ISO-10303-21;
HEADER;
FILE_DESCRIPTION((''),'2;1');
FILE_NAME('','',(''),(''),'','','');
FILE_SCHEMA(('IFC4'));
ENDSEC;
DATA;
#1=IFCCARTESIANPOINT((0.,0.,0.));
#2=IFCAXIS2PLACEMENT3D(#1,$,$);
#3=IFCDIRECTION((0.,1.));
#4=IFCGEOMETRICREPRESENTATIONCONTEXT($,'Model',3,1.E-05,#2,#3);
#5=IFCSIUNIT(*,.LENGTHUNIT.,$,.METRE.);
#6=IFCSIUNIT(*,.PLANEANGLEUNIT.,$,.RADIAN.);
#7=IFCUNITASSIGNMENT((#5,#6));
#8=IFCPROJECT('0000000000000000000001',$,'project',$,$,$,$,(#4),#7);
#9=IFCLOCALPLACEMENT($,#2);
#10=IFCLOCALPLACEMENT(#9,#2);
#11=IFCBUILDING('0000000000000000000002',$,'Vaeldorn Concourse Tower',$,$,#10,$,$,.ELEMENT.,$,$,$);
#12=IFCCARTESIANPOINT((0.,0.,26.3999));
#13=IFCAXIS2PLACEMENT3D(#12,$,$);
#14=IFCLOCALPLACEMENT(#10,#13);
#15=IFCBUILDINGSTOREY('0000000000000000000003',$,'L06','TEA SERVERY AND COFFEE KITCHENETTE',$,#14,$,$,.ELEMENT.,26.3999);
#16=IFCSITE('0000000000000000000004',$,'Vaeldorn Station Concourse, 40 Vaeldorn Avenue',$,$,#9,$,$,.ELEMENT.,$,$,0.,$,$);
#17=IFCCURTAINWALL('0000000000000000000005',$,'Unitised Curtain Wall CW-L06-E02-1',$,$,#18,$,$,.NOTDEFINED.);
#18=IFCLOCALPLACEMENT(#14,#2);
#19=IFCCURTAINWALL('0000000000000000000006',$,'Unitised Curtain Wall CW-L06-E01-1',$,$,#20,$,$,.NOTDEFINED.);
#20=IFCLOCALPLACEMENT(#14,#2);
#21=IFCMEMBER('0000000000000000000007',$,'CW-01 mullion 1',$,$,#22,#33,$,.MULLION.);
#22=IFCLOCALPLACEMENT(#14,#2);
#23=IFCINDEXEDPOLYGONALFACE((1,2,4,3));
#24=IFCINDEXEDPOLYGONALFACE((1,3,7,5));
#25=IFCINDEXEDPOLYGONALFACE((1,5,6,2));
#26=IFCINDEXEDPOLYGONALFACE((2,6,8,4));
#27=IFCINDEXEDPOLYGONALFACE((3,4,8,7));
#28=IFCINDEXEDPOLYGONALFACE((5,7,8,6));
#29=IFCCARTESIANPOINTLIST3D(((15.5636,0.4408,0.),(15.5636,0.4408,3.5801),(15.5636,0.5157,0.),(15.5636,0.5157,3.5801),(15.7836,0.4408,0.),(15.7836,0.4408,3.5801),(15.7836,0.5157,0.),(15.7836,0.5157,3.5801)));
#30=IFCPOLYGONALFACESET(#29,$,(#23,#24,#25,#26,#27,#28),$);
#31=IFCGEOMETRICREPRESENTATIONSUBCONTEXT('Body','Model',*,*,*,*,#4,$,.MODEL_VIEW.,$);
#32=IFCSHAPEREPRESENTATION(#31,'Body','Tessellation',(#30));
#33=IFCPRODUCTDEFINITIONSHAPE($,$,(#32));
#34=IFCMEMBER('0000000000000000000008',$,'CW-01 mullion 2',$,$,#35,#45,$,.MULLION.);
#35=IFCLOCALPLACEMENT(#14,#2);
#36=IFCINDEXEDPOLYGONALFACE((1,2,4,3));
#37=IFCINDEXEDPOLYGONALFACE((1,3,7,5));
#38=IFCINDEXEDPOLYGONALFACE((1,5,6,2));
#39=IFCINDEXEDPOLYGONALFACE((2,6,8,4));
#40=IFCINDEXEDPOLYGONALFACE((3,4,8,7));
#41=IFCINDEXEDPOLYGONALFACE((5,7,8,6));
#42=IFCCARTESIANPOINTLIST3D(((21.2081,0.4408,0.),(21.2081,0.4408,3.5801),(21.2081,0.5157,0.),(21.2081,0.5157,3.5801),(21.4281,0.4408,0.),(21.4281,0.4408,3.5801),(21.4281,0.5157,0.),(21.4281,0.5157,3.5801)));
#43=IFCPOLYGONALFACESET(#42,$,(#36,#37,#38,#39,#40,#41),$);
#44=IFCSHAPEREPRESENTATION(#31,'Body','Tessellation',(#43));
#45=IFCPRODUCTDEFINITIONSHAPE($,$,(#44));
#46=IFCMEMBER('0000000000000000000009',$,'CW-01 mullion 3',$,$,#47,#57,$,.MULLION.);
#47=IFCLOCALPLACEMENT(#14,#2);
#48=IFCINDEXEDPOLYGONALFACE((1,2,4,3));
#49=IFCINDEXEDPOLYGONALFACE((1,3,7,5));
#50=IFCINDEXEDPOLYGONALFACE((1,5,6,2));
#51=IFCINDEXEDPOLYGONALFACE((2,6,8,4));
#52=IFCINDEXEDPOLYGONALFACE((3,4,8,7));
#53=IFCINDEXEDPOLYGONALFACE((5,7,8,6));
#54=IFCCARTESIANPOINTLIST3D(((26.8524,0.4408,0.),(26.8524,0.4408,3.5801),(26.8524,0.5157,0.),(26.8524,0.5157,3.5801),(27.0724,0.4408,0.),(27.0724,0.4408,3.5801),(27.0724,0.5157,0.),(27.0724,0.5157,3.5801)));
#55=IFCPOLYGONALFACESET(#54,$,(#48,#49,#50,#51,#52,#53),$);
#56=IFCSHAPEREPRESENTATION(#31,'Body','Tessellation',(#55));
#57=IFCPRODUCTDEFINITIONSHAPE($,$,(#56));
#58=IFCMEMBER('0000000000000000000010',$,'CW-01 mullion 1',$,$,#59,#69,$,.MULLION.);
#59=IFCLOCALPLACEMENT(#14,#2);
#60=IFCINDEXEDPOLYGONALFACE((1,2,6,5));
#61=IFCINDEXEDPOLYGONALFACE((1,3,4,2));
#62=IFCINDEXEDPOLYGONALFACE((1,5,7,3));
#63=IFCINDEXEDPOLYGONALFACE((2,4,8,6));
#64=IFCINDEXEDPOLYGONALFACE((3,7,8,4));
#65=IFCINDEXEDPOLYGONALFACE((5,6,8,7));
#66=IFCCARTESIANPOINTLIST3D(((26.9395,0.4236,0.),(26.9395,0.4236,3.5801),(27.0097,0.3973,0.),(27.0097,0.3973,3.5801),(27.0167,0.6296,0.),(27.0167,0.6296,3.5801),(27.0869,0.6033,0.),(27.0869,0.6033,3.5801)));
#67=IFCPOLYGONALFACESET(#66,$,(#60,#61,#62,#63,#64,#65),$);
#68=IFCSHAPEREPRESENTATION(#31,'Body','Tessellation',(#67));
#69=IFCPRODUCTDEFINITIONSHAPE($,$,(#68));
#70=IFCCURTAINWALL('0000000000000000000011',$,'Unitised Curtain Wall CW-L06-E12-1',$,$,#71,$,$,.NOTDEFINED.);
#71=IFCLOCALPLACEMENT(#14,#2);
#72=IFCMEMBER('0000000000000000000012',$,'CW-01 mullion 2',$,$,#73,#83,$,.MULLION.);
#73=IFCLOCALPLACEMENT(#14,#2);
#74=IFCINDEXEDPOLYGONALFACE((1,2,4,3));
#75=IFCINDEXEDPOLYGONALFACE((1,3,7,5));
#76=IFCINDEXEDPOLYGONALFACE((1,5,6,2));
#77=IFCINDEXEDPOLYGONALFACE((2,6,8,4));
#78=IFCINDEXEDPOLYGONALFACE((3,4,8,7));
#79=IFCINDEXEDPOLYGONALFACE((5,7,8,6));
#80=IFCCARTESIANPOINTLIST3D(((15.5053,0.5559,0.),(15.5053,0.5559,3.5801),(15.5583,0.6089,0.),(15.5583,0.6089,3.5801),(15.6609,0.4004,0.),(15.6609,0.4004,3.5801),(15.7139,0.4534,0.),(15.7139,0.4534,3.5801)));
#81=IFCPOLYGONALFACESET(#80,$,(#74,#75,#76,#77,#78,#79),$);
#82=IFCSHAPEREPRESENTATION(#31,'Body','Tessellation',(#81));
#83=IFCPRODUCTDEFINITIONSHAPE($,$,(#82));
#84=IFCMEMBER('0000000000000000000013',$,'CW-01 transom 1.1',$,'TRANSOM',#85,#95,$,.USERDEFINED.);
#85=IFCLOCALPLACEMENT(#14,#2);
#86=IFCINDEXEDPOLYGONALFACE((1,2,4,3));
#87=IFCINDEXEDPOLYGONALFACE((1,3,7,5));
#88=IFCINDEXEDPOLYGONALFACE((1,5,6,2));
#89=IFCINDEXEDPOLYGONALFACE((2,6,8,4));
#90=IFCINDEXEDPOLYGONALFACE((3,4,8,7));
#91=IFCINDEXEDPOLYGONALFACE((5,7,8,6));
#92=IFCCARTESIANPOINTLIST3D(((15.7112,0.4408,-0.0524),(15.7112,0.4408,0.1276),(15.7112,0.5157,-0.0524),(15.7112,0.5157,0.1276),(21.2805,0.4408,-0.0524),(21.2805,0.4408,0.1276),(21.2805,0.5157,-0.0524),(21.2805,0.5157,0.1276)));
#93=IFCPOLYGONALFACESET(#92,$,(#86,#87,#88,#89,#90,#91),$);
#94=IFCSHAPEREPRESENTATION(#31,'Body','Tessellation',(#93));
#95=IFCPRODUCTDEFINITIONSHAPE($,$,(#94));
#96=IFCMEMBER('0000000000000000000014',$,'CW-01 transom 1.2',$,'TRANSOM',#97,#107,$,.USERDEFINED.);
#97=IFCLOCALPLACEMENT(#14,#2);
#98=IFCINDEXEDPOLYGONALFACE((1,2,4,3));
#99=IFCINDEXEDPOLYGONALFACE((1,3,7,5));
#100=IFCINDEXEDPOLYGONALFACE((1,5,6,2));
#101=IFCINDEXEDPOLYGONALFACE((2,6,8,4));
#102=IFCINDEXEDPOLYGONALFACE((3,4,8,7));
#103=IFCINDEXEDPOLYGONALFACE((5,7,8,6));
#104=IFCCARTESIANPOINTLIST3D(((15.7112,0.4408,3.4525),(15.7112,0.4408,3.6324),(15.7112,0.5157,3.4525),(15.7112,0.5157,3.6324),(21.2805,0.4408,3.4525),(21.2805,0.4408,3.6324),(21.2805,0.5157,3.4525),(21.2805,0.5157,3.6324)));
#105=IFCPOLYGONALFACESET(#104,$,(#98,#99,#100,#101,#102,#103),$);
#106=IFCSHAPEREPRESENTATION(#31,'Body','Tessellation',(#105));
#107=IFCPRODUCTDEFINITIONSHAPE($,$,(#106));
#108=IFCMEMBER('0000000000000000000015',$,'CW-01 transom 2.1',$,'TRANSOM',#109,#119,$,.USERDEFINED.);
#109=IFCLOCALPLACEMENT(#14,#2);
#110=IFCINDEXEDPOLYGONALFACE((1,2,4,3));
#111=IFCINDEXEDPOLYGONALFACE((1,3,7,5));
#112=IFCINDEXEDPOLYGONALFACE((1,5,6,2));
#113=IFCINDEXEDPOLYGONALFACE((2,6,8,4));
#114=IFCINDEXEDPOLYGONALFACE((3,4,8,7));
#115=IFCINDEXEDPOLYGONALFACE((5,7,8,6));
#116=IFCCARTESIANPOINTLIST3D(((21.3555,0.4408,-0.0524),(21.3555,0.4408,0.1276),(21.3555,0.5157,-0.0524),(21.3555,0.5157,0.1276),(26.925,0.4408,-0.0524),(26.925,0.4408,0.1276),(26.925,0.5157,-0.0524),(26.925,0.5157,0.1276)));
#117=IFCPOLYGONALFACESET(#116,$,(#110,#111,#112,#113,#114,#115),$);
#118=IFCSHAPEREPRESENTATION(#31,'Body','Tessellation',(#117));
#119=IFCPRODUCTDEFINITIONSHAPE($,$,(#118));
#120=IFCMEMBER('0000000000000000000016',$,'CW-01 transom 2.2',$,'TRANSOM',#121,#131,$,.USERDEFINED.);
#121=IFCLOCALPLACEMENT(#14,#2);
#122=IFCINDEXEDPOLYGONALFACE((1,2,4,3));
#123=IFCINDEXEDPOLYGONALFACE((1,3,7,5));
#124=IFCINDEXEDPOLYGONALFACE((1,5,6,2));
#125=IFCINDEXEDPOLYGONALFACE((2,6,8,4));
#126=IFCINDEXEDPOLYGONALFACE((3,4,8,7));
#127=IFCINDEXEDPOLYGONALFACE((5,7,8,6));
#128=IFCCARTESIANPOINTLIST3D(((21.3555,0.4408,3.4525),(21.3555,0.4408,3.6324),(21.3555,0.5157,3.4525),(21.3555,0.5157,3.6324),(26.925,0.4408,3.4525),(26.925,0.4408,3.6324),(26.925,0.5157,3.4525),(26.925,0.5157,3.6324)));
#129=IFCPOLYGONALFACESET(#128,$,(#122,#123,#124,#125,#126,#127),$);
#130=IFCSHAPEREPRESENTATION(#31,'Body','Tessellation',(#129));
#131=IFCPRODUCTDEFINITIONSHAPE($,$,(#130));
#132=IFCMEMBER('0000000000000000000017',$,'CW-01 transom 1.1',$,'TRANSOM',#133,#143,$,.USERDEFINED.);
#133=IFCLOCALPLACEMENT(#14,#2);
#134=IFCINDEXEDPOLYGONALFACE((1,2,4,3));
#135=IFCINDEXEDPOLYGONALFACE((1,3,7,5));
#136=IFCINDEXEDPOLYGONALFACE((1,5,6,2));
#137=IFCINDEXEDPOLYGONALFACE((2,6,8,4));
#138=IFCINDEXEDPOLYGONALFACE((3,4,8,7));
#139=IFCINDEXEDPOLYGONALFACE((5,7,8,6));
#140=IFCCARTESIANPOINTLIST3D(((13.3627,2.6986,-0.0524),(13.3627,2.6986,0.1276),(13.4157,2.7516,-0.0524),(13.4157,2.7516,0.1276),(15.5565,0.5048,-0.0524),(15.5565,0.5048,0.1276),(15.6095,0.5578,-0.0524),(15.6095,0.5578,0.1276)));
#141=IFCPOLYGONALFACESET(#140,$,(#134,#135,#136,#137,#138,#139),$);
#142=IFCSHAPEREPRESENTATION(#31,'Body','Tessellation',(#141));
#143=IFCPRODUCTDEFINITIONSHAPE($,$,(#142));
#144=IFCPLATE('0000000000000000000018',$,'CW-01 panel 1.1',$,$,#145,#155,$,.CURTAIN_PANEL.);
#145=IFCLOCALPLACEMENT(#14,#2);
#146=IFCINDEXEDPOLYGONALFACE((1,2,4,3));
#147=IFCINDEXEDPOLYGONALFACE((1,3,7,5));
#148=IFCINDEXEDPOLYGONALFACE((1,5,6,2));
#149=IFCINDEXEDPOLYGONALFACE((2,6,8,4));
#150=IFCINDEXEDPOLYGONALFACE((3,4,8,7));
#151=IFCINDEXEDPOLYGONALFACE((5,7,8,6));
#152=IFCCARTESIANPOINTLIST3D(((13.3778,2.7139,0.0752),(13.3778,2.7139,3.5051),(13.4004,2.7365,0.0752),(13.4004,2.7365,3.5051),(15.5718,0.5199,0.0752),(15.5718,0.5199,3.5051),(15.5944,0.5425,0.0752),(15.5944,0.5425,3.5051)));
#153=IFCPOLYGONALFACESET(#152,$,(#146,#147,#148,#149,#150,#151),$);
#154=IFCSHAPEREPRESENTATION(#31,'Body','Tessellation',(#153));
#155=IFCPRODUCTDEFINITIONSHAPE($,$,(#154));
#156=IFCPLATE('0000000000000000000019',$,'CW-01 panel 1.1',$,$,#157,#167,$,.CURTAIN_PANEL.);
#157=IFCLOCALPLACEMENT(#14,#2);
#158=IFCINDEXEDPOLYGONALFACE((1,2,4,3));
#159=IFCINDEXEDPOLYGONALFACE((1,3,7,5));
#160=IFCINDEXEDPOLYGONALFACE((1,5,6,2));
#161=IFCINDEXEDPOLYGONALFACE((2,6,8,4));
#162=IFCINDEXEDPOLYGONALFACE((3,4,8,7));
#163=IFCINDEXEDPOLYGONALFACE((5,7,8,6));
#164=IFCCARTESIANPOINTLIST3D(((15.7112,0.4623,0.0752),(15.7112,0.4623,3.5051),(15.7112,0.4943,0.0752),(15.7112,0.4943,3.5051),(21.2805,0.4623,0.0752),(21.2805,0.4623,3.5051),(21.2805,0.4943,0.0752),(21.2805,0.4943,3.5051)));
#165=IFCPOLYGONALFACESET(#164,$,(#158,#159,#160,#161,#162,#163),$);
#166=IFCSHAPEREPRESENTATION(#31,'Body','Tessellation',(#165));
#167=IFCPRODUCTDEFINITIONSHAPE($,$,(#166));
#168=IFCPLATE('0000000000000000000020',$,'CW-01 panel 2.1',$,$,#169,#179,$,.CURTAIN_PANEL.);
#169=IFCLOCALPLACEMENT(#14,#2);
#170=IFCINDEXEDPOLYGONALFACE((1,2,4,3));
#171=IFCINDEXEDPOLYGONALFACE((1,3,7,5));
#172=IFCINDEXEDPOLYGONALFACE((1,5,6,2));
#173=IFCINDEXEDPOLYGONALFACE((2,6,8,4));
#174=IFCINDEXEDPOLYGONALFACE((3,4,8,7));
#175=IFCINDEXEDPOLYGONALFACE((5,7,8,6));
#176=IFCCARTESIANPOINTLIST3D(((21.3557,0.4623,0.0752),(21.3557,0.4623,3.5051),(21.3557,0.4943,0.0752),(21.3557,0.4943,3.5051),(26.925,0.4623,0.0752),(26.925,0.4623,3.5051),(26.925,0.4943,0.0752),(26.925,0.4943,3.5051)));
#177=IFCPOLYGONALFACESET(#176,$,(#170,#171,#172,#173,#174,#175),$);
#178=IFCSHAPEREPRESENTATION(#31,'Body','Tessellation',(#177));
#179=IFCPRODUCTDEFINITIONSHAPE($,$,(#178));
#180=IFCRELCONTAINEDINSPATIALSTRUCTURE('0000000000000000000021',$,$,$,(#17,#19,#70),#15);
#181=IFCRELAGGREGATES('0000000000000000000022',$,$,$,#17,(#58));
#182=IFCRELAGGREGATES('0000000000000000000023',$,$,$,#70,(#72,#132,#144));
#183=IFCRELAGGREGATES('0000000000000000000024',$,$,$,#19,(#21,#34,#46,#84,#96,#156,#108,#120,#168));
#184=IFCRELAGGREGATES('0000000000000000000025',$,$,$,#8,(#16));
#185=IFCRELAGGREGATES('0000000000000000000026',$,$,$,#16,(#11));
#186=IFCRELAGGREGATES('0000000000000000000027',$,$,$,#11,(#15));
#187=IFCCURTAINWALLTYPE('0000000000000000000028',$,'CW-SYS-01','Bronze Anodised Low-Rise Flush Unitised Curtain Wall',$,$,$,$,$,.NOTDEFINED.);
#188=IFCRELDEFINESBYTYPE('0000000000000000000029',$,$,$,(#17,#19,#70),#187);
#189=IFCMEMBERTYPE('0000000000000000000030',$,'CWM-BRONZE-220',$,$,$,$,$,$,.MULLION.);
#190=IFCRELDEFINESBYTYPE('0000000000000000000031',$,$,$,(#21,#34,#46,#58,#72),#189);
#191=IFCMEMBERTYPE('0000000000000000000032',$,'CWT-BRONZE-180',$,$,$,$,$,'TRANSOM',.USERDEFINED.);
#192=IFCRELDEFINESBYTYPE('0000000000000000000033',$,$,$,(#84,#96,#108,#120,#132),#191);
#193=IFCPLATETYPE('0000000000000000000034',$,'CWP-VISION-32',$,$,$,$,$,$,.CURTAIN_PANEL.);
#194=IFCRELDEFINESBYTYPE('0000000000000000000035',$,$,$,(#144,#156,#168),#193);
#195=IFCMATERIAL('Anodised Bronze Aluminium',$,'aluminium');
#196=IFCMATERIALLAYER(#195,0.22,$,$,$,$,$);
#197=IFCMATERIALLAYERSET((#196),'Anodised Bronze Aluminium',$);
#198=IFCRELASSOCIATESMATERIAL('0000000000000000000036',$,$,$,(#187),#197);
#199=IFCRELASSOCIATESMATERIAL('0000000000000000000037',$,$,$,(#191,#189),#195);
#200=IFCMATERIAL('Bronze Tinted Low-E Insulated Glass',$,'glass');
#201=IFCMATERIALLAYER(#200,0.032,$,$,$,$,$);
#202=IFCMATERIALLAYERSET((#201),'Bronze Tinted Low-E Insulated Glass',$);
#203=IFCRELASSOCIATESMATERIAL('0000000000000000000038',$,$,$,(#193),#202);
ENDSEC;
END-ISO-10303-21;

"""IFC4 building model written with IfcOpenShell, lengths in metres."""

from ifc_helpers import new_model, si_unit, direction, frame, origin, origin_2d, place, context, subcontext, project, spatial, rectangle, extrude, source, transform, mapped, material, layer, layer_set, material_profile, profile_set, type_object, element, aggregate, save


model = new_model("IFC4")

# Units and contexts
model_context = context("Model", 3, precision=1e-05, world=origin(), true_north=direction((0.0, 1.0)))
body_context = subcontext(model_context, "Body", "Model", "MODEL_VIEW")
ifc_project = project(units=[si_unit("LENGTHUNIT", "METRE"), si_unit("PLANEANGLEUNIT", "RADIAN")], contexts=[model_context])

# Site, building, storey
site_placement = place(None, origin())
site = spatial("IfcSite", under=ifc_project, at=site_placement, Name="Vaeldorn Station Concourse, 40 Vaeldorn Avenue", CompositionType="ELEMENT", RefElevation=0.0)
building_placement = place(site_placement, origin())
building = spatial("IfcBuilding", under=site, at=building_placement, Name="Vaeldorn Concourse Tower", CompositionType="ELEMENT")
storey_placement = place(building_placement, frame((0.0, 0.0, 26.3999)))
storey = spatial("IfcBuildingStorey", under=building, at=storey_placement, Name="L06", Description="TEA SERVERY AND COFFEE KITCHENETTE", CompositionType="ELEMENT", Elevation=26.3999)

# Curtain walls, members
ifc_material_1 = material(Name="Anodised Bronze Aluminium", Category="aluminium")
ifc_layer_1 = layer(ifc_material_1, 0.22)
ifc_layer_set_1 = layer_set([ifc_layer_1], Name="Anodised Bronze Aluminium")
curtain_wall_type = type_object("IfcCurtainWallType", Name="CW-SYS-01", Description="Bronze Anodised Low-Rise Flush Unitised Curtain Wall", PredefinedType="NOTDEFINED", material=ifc_layer_set_1)
curtain_wall_1_placement = place(storey_placement, origin())
curtain_wall_1 = element("IfcCurtainWall", 1, at=curtain_wall_1_placement, inside=storey, type_object=curtain_wall_type, Name="Unitised Curtain Wall CW-L06-E02-1", PredefinedType="NOTDEFINED")
ifc_material_profile_1 = material_profile(ifc_material_1, rectangle(XDim=0.075, YDim=0.1799, at=origin_2d()), Name="CWT 75x180")
ifc_profile_set_1 = profile_set([ifc_material_profile_1], Name="Anodised Bronze Aluminium")
member_type_1 = type_object("IfcMemberType", Name="CWT-BRONZE-180", ElementType="TRANSOM", PredefinedType="USERDEFINED", material=ifc_profile_set_1)
curtain_wall_2_placement = place(storey_placement, origin())
curtain_wall_2 = element("IfcCurtainWall", 2, at=curtain_wall_2_placement, inside=storey, type_object=curtain_wall_type, Name="Unitised Curtain Wall CW-L06-E01-1", PredefinedType="NOTDEFINED")
ifc_material_profile_2 = material_profile(ifc_material_1, rectangle(XDim=0.075, YDim=0.22, at=origin_2d()), Name="CWM 75x220")
ifc_profile_set_2 = profile_set([ifc_material_profile_2], Name="Anodised Bronze Aluminium")
member_type_2 = type_object("IfcMemberType", Name="CWM-BRONZE-220", PredefinedType="MULLION", material=ifc_profile_set_2)
shared_shape_1 = source(origin(), body_context, "Body", "SweptSolid", [
    extrude(rectangle(XDim=0.075, YDim=0.22, at=origin_2d()), origin(), (0.0, 0.0, 1.0), 3.5801),
])
member_1_placement = place(storey_placement, frame((15.6736, 0.4783, 0.0), z_axis=(0.0, 0.0, 1.0), x_axis=(0.0, 1.0, 0.0)))
member_1 = element("IfcMember", 3, at=member_1_placement, type_object=member_type_2, Name="CW-01 mullion 1", PredefinedType="MULLION", context=body_context, shape_type="MappedRepresentation", body=[
    mapped(shared_shape_1, transform((0.0, 0.0, 0.0), scale=1.0)),
])
member_2_placement = place(storey_placement, frame((21.3181, 0.4783, 0.0), z_axis=(0.0, 0.0, 1.0), x_axis=(0.0, 1.0, 0.0)))
member_2 = element("IfcMember", 4, at=member_2_placement, type_object=member_type_2, Name="CW-01 mullion 2", PredefinedType="MULLION", context=body_context, shape_type="MappedRepresentation", body=[
    mapped(shared_shape_1, transform((0.0, 0.0, 0.0), scale=1.0)),
])
member_3_placement = place(storey_placement, frame((26.9624, 0.4783, 0.0), z_axis=(0.0, 0.0, 1.0), x_axis=(0.0, 1.0, 0.0)))
member_3 = element("IfcMember", 5, at=member_3_placement, type_object=member_type_2, Name="CW-01 mullion 3", PredefinedType="MULLION", context=body_context, shape_type="MappedRepresentation", body=[
    mapped(shared_shape_1, transform((0.0, 0.0, 0.0), scale=1.0)),
])

# Member
member_4_placement = place(storey_placement, frame((27.0132, 0.5134, 0.0), z_axis=(0.0, 0.0, 1.0), x_axis=(-0.936329, 0.351123, 0.0)))
member_4 = element("IfcMember", 6, at=member_4_placement, type_object=member_type_2, Name="CW-01 mullion 1", PredefinedType="MULLION", context=body_context, shape_type="MappedRepresentation", body=[
    mapped(shared_shape_1, transform((0.0, 0.0, 0.0), scale=1.0)),
])
aggregate(curtain_wall_1, [member_4])

# Curtain wall, member
curtain_wall_3_placement = place(storey_placement, origin())
curtain_wall_3 = element("IfcCurtainWall", 7, at=curtain_wall_3_placement, inside=storey, type_object=curtain_wall_type, Name="Unitised Curtain Wall CW-L06-E12-1", PredefinedType="NOTDEFINED")
member_5_placement = place(storey_placement, frame((15.6096, 0.5046, 0.0), z_axis=(0.0, 0.0, 1.0), x_axis=(0.707107, 0.707107, 0.0)))
member_5 = element("IfcMember", 8, at=member_5_placement, type_object=member_type_2, Name="CW-01 mullion 2", PredefinedType="MULLION", context=body_context, shape_type="MappedRepresentation", body=[
    mapped(shared_shape_1, transform((0.0, 0.0, 0.0), scale=1.0)),
])

# Members
shared_shape_2 = source(origin(), body_context, "Body", "SweptSolid", [
    extrude(rectangle(XDim=0.075, YDim=0.1799, at=origin_2d()), origin(), (0.0, 0.0, 1.0), 5.5693),
])
member_6_placement = place(storey_placement, frame((15.7112, 0.4783, 0.0376), z_axis=(1.0, 0.0, 0.0), x_axis=(0.0, 1.0, 0.0)))
member_6 = element("IfcMember", 9, at=member_6_placement, type_object=member_type_1, Name="CW-01 transom 1.1", ObjectType="TRANSOM", PredefinedType="USERDEFINED", context=body_context, shape_type="MappedRepresentation", body=[
    mapped(shared_shape_2, transform((0.0, 0.0, 0.0), scale=1.0)),
])
member_7_placement = place(storey_placement, frame((15.7112, 0.4783, 3.5425), z_axis=(1.0, 0.0, 0.0), x_axis=(0.0, 1.0, 0.0)))
member_7 = element("IfcMember", 10, at=member_7_placement, type_object=member_type_1, Name="CW-01 transom 1.2", ObjectType="TRANSOM", PredefinedType="USERDEFINED", context=body_context, shape_type="MappedRepresentation", body=[
    mapped(shared_shape_2, transform((0.0, 0.0, 0.0), scale=1.0)),
])
shared_shape_3 = source(origin(), body_context, "Body", "SweptSolid", [
    extrude(rectangle(XDim=0.075, YDim=0.1799, at=origin_2d()), origin(), (0.0, 0.0, 1.0), 5.5696),
])
member_8_placement = place(storey_placement, frame((21.3555, 0.4783, 0.0376), z_axis=(1.0, 0.0, 0.0), x_axis=(0.0, 1.0, 0.0)))
member_8 = element("IfcMember", 11, at=member_8_placement, type_object=member_type_1, Name="CW-01 transom 2.1", ObjectType="TRANSOM", PredefinedType="USERDEFINED", context=body_context, shape_type="MappedRepresentation", body=[
    mapped(shared_shape_3, transform((0.0, 0.0, 0.0), scale=1.0)),
])
member_9_placement = place(storey_placement, frame((21.3555, 0.4783, 3.5425), z_axis=(1.0, 0.0, 0.0), x_axis=(0.0, 1.0, 0.0)))
member_9 = element("IfcMember", 12, at=member_9_placement, type_object=member_type_1, Name="CW-01 transom 2.2", ObjectType="TRANSOM", PredefinedType="USERDEFINED", context=body_context, shape_type="MappedRepresentation", body=[
    mapped(shared_shape_3, transform((0.0, 0.0, 0.0), scale=1.0)),
])
shared_shape_4 = source(origin(), body_context, "Body", "SweptSolid", [
    extrude(rectangle(XDim=0.075, YDim=0.1799, at=origin_2d()), origin(), (0.0, 0.0, 1.0), 3.1025),
])
member_10_placement = place(storey_placement, frame((13.3892, 2.7251, 0.0376), z_axis=(0.707107, -0.707107, 0.0), x_axis=(0.707107, 0.707107, 0.0)))
member_10 = element("IfcMember", 13, at=member_10_placement, type_object=member_type_1, Name="CW-01 transom 1.1", ObjectType="TRANSOM", PredefinedType="USERDEFINED", context=body_context, shape_type="MappedRepresentation", body=[
    mapped(shared_shape_4, transform((0.0, 0.0, 0.0), scale=1.0)),
])

# Plates
ifc_material_2 = material(Name="Bronze Tinted Low-E Insulated Glass", Category="glass")
ifc_layer_2 = layer(ifc_material_2, 0.032)
ifc_layer_set_2 = layer_set([ifc_layer_2], Name="Bronze Tinted Low-E Insulated Glass")
plate_type = type_object("IfcPlateType", Name="CWP-VISION-32", PredefinedType="CURTAIN_PANEL", material=ifc_layer_set_2)
shared_shape_5 = source(origin(), body_context, "Body", "SweptSolid", [
    extrude(rectangle(XDim=3.1028, YDim=0.032, at=origin_2d()), origin(), (0.0, 0.0, 1.0), 3.4299),
])
plate_1_placement = place(storey_placement, frame((14.4861, 1.6282, 0.0752), z_axis=(0.0, 0.0, 1.0), x_axis=(0.707107, -0.707107, 0.0)))
plate_1 = element("IfcPlate", 14, at=plate_1_placement, type_object=plate_type, Name="CW-01 panel 1.1", PredefinedType="CURTAIN_PANEL", context=body_context, shape_type="MappedRepresentation", body=[
    mapped(shared_shape_5, transform((0.0, 0.0, 0.0), scale=1.0)),
])
aggregate(curtain_wall_3, [member_5, member_10, plate_1])
shared_shape_6 = source(origin(), body_context, "Body", "SweptSolid", [
    extrude(rectangle(XDim=5.5693, YDim=0.032, at=origin_2d()), origin(), (0.0, 0.0, 1.0), 3.4299),
])
plate_2_placement = place(storey_placement, frame((18.4958, 0.4783, 0.0752), z_axis=(0.0, 0.0, 1.0), x_axis=(1.0, 0.0, 0.0)))
plate_2 = element("IfcPlate", 15, at=plate_2_placement, type_object=plate_type, Name="CW-01 panel 1.1", PredefinedType="CURTAIN_PANEL", context=body_context, shape_type="MappedRepresentation", body=[
    mapped(shared_shape_6, transform((0.0, 0.0, 0.0), scale=1.0)),
])
plate_3_placement = place(storey_placement, frame((24.1404, 0.4783, 0.0752), z_axis=(0.0, 0.0, 1.0), x_axis=(1.0, 0.0, 0.0)))
plate_3 = element("IfcPlate", 16, at=plate_3_placement, type_object=plate_type, Name="CW-01 panel 2.1", PredefinedType="CURTAIN_PANEL", context=body_context, shape_type="MappedRepresentation", body=[
    mapped(shared_shape_6, transform((0.0, 0.0, 0.0), scale=1.0)),
])
aggregate(curtain_wall_2, [member_1, member_2, member_3, member_6, member_7, plate_2, member_8, member_9, plate_3])

save(model, "model.ifc")
